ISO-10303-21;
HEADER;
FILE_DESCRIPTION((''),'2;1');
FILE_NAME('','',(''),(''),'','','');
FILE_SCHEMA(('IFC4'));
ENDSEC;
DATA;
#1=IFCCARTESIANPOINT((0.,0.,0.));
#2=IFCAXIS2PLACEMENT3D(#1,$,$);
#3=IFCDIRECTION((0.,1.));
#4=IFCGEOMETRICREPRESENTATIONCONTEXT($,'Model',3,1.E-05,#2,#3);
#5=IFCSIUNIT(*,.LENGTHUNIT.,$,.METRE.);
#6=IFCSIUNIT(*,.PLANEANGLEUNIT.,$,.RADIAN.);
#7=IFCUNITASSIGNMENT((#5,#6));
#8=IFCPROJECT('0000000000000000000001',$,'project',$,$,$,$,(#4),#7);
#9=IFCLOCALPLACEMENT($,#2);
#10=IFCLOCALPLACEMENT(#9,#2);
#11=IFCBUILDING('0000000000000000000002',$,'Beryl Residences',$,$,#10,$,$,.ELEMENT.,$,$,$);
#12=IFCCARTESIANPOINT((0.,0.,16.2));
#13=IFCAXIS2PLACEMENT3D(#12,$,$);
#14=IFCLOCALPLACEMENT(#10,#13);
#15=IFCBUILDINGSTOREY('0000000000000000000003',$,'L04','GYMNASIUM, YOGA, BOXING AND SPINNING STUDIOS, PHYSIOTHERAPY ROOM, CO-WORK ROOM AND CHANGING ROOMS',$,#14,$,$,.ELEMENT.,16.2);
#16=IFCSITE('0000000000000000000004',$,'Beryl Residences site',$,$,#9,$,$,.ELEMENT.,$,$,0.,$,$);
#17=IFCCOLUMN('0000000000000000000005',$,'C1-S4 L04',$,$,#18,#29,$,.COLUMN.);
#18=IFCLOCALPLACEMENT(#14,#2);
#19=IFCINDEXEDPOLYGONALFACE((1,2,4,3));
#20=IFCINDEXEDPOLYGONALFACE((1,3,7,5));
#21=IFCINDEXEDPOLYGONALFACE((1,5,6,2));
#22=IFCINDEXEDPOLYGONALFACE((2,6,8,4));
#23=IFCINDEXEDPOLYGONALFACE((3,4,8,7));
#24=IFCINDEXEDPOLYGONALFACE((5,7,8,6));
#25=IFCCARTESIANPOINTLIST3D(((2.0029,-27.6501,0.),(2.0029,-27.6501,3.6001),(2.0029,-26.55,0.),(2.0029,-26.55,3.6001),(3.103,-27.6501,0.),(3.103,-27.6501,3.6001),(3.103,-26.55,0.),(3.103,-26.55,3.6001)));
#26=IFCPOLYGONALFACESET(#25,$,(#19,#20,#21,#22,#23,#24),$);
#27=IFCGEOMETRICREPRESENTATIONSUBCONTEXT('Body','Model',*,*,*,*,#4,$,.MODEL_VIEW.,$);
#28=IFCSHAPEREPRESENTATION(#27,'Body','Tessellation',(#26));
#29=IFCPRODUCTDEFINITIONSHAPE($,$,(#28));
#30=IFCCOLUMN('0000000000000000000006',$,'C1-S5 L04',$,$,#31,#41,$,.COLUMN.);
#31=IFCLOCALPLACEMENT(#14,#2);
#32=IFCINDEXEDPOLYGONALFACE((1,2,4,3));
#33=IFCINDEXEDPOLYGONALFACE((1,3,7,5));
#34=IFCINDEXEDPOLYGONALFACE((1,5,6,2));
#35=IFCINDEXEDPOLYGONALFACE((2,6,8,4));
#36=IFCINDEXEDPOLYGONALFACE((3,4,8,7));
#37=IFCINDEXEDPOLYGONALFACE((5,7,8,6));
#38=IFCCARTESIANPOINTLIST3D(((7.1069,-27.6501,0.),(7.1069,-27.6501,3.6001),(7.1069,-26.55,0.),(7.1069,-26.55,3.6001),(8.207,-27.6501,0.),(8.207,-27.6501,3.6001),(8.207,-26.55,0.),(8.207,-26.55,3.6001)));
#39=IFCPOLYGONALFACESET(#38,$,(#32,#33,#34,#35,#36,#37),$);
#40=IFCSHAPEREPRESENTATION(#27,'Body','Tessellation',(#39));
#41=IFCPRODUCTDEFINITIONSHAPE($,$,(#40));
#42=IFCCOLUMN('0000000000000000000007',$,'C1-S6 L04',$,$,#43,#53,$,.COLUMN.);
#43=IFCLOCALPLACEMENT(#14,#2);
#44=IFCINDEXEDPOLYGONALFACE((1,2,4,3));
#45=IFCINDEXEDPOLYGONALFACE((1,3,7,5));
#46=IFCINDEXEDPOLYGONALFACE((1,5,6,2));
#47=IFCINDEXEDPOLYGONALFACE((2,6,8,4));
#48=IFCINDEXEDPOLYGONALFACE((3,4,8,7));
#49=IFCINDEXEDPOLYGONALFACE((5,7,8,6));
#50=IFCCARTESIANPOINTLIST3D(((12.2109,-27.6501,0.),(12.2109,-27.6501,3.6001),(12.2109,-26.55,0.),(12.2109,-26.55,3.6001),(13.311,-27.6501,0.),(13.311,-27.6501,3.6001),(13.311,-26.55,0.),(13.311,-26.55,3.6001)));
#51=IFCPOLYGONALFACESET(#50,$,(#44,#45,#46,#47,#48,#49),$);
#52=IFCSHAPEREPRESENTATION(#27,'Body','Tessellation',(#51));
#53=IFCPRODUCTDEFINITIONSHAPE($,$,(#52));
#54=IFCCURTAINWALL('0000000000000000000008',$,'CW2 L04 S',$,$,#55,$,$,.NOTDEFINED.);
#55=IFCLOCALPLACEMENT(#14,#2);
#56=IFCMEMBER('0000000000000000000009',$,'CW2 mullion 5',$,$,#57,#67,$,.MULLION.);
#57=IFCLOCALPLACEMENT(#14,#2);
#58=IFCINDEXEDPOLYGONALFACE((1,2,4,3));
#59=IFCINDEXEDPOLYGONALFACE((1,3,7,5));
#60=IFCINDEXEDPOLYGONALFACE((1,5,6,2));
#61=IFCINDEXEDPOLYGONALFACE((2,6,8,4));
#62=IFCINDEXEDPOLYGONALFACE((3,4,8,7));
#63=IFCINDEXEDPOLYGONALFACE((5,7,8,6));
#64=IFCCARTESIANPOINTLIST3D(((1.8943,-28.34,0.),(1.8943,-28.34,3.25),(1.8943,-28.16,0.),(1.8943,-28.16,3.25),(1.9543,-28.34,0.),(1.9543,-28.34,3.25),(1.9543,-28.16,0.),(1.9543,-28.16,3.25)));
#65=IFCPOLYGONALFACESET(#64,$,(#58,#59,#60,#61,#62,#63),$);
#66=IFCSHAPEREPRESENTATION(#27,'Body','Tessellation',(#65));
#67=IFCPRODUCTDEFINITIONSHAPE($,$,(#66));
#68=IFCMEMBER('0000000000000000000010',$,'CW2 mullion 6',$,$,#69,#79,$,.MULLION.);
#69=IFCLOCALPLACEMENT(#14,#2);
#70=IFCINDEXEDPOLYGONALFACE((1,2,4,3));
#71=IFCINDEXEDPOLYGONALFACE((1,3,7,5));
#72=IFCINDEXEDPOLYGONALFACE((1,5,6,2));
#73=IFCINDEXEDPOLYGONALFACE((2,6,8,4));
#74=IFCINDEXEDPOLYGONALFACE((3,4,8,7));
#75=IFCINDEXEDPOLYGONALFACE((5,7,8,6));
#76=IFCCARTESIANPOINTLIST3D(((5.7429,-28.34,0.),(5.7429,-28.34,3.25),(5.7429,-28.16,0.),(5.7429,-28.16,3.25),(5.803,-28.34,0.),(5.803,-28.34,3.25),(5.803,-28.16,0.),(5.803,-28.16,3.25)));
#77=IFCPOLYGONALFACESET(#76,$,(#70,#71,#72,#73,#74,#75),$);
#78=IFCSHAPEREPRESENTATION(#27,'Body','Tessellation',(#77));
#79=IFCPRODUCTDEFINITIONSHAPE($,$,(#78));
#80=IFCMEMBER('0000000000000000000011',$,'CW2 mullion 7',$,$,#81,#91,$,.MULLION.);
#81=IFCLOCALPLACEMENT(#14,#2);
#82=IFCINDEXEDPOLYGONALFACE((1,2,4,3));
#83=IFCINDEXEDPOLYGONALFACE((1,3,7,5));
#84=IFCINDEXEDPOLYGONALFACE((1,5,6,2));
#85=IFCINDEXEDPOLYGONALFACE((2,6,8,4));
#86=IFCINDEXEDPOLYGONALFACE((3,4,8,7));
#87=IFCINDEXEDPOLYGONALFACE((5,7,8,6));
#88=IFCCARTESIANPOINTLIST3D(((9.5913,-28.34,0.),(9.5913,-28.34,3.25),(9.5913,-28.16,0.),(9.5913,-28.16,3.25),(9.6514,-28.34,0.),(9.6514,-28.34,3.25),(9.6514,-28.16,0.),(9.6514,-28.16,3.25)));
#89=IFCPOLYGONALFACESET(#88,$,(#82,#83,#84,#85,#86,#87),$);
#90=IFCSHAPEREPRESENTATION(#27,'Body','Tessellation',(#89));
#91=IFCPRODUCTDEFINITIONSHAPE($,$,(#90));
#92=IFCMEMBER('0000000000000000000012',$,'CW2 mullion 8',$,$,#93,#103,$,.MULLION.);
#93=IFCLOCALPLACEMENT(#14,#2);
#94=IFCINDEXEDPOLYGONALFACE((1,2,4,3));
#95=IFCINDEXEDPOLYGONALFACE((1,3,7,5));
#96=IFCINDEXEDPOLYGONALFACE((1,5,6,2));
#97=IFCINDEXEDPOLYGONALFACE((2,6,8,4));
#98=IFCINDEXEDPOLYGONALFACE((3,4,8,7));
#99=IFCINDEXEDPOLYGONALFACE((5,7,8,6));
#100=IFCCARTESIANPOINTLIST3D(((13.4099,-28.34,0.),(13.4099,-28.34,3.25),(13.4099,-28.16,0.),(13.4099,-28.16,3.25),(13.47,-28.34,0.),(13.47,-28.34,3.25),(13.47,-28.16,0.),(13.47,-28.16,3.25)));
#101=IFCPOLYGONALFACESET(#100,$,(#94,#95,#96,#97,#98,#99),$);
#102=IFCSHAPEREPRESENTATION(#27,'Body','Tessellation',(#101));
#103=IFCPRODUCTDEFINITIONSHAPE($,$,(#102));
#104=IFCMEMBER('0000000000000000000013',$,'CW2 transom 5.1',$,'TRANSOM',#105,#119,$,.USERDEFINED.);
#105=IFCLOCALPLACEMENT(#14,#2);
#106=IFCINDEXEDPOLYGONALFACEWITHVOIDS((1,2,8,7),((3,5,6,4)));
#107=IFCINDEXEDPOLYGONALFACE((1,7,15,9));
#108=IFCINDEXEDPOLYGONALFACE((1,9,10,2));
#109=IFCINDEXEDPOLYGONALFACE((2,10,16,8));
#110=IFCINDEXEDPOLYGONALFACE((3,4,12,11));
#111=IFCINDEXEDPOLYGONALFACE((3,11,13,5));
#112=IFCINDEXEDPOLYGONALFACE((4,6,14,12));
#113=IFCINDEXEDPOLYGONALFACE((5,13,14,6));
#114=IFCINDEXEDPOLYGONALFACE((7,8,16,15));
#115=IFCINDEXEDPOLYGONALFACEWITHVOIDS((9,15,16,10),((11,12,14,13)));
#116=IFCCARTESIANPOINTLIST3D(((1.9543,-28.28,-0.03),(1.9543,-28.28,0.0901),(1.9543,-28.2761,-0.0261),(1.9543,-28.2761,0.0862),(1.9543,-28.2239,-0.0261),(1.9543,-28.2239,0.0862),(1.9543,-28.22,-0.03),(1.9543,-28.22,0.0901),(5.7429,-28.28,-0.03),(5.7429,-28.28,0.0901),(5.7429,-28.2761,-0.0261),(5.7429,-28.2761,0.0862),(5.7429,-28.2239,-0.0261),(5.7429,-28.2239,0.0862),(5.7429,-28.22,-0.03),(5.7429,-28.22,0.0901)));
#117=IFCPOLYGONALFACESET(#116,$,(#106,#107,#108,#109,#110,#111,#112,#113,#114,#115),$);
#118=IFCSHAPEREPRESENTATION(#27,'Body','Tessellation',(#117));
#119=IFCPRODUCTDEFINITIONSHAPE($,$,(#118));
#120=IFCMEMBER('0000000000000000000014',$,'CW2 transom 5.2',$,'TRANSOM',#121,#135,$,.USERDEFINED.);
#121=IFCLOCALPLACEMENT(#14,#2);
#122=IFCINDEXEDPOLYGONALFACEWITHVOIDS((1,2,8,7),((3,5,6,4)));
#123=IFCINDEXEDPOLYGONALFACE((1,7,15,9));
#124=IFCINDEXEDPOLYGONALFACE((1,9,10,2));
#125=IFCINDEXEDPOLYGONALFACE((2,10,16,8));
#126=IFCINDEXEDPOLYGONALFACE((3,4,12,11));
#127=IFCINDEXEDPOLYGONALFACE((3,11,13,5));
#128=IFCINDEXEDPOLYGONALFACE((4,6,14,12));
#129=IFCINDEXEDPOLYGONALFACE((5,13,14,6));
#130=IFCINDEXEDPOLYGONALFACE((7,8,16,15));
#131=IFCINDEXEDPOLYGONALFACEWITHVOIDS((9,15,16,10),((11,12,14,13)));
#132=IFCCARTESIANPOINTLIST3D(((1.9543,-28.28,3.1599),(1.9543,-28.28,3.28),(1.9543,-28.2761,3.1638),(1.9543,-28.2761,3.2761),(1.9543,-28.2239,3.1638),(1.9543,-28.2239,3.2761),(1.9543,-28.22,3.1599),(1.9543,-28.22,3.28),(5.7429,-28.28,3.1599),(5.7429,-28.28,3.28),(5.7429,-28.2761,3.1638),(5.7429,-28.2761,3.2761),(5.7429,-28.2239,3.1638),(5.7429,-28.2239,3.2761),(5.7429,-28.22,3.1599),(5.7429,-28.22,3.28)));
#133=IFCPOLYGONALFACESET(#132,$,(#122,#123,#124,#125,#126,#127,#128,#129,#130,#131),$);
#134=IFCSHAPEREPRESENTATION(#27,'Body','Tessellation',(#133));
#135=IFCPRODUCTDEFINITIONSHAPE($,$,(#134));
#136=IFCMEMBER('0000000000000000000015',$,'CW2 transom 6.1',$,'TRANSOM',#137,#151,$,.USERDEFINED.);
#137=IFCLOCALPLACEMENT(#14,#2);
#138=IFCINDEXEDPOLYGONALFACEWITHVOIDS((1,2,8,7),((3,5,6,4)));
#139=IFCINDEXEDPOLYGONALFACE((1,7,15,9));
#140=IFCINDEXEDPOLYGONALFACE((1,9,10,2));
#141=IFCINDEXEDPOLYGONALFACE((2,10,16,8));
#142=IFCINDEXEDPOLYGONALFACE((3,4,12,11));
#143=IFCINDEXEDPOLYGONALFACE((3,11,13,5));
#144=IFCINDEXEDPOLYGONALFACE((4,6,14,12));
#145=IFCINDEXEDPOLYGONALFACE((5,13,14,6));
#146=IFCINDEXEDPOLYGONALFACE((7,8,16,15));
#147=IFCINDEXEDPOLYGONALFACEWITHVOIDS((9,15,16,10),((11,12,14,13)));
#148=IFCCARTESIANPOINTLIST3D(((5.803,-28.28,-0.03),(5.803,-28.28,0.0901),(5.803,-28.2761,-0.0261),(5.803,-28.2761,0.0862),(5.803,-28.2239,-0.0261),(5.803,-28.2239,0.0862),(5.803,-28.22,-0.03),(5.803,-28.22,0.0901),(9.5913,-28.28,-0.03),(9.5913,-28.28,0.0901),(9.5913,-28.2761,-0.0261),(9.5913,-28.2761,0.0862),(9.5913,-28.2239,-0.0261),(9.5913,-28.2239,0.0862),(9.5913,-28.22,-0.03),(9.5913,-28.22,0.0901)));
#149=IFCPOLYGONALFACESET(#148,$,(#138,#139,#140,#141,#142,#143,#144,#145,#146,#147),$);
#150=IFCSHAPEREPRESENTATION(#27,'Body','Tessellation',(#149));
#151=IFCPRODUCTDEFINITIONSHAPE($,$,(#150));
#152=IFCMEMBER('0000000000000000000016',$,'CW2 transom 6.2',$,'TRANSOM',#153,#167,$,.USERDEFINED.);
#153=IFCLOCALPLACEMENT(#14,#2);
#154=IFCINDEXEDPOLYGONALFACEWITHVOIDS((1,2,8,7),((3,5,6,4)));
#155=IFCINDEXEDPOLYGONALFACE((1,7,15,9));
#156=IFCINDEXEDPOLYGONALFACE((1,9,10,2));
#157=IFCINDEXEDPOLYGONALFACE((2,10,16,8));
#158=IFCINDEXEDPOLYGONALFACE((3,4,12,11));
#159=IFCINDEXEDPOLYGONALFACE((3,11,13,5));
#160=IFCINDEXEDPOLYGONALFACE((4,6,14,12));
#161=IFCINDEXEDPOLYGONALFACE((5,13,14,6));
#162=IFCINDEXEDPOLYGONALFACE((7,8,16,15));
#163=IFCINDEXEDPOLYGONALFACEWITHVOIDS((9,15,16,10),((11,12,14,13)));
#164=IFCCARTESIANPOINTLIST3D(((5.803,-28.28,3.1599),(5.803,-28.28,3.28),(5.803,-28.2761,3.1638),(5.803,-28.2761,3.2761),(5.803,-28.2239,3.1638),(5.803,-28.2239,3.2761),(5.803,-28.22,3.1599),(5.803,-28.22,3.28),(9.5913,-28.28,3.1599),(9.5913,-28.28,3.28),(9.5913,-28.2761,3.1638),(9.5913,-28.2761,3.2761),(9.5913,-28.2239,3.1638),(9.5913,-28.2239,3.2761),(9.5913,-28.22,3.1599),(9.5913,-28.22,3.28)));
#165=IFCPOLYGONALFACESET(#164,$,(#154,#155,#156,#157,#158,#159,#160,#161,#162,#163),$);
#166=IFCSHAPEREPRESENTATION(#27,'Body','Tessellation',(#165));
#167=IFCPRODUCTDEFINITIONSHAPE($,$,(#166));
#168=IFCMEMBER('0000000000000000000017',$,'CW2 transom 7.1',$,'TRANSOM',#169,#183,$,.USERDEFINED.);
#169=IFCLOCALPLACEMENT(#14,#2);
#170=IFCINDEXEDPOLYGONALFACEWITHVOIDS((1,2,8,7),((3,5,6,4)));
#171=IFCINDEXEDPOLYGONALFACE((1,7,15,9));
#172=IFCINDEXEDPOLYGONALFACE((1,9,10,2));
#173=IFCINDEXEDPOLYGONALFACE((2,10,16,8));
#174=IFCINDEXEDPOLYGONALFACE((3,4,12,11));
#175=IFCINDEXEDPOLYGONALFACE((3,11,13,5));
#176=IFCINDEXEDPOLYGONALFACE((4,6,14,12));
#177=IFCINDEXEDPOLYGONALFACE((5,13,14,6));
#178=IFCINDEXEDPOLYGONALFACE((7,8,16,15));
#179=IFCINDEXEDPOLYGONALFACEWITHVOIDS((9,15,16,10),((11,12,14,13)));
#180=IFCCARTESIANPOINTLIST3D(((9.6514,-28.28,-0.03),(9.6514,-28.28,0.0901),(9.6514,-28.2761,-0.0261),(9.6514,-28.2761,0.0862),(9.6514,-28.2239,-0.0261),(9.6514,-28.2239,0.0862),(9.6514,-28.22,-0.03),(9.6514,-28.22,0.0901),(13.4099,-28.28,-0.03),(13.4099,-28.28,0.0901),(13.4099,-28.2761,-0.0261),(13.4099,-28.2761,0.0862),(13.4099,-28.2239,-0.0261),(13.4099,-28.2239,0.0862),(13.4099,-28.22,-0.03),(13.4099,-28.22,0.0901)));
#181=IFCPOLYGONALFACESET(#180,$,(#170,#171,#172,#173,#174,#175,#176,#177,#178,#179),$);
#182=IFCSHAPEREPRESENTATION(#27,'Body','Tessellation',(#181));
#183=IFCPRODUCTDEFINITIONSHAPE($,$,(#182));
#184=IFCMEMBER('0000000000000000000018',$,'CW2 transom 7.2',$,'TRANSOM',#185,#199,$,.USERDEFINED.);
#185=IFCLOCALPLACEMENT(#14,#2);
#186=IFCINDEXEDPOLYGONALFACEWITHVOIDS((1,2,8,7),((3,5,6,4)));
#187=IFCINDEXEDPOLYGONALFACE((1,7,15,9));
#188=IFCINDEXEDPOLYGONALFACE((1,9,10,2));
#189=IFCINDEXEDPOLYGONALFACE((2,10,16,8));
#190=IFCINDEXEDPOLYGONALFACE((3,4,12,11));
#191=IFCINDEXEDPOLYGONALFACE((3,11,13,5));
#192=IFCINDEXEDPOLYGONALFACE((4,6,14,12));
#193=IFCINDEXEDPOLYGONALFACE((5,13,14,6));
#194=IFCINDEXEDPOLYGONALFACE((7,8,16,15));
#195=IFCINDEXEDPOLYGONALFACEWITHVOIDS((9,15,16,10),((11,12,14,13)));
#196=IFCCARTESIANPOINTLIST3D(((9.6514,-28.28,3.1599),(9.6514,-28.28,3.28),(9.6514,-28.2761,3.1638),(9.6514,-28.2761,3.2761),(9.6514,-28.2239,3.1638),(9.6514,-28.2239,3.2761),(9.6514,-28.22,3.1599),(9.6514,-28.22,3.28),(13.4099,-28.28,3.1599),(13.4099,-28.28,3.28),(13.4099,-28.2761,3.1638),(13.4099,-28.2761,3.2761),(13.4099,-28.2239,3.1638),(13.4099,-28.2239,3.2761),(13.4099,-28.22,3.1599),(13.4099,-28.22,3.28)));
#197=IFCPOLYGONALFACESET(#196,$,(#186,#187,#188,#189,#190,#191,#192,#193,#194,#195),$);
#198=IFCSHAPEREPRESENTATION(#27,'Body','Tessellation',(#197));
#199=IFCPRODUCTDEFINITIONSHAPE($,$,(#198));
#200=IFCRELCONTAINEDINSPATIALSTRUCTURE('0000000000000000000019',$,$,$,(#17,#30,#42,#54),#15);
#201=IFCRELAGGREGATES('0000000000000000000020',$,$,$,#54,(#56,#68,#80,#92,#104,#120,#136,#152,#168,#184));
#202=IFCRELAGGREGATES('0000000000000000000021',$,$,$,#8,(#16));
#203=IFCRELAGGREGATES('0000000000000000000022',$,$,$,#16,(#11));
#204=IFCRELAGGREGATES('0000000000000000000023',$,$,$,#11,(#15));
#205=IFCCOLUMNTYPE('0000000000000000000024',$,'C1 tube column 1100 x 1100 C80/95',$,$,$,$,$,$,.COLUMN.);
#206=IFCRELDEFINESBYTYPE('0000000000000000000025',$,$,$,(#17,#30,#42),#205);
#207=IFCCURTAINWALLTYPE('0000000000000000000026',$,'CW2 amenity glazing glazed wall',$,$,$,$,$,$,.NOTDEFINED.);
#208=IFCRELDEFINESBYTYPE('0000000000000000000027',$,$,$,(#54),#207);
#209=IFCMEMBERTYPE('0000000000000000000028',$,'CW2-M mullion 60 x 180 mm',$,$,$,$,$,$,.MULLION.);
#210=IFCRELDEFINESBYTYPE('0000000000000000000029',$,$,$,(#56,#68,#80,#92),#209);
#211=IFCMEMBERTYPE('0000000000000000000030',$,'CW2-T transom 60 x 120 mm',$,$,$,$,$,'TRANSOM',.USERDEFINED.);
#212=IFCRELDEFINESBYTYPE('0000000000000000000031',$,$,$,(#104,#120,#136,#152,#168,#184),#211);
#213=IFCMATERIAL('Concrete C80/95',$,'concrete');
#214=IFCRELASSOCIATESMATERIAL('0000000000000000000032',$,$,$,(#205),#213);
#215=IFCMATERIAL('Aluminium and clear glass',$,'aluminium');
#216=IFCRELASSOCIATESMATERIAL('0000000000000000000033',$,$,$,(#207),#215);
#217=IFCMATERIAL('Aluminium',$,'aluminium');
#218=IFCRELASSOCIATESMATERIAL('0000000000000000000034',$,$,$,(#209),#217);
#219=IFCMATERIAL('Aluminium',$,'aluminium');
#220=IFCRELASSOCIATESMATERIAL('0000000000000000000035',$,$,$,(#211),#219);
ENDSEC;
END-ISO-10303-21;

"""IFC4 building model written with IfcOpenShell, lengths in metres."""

from ifc_helpers import new_model, si_unit, direction, frame, origin, origin_2d, place, context, subcontext, project, spatial, rectangle, hollow_rectangle, extrude, material, material_profile, profile_set, type_object, element, aggregate, save


model = new_model("IFC4")

# Units and contexts
model_context = context("Model", 3, precision=1e-05, world=origin(), true_north=direction((0.0, 1.0)))
body_context = subcontext(model_context, "Body", "Model", "MODEL_VIEW")
ifc_project = project(units=[si_unit("LENGTHUNIT", "METRE"), si_unit("PLANEANGLEUNIT", "RADIAN")], contexts=[model_context])

# Site, building, storey
site_placement = place(None, origin())
site = spatial("IfcSite", under=ifc_project, at=site_placement, Name="Beryl Residences site", CompositionType="ELEMENT", RefElevation=0.0)
building_placement = place(site_placement, origin())
building = spatial("IfcBuilding", under=site, at=building_placement, Name="Beryl Residences", CompositionType="ELEMENT")
storey_placement = place(building_placement, frame((0.0, 0.0, 16.2)))
storey = spatial("IfcBuildingStorey", under=building, at=storey_placement, Name="L04", Description="GYMNASIUM, YOGA, BOXING AND SPINNING STUDIOS, PHYSIOTHERAPY ROOM, CO-WORK ROOM AND CHANGING ROOMS", CompositionType="ELEMENT", Elevation=16.2)

# Columns
ifc_material_1 = material(Name="Concrete C80/95", Category="concrete")
ifc_material_profile_1 = material_profile(ifc_material_1, rectangle(XDim=1.1001, YDim=1.1001, at=origin_2d()))
ifc_profile_set_1 = profile_set([ifc_material_profile_1], Name="Concrete C80/95")
column_type = type_object("IfcColumnType", Name="C1 tube column 1100 x 1100 C80/95", PredefinedType="COLUMN", material=ifc_profile_set_1)
for number, where, z_axis, x_axis, name in (
    (1, (2.553, -27.1001, 0.0), (0.0, 0.0, 1.0), (1.0, 0.0, 0.0), "C1-S4 L04"),
    (2, (7.657, -27.1001, 0.0), (0.0, 0.0, 1.0), (1.0, 0.0, 0.0), "C1-S5 L04"),
    (3, (12.761, -27.1001, 0.0), (0.0, 0.0, 1.0), (1.0, 0.0, 0.0), "C1-S6 L04"),
):
    element("IfcColumn", number, at=place(storey_placement, frame(where, z_axis=z_axis, x_axis=x_axis)), inside=storey, type_object=column_type, Name=name, PredefinedType="COLUMN", context=body_context, shape_type="SweptSolid", body=[
        extrude(rectangle(XDim=1.1001, YDim=1.1001, at=origin_2d()), origin(), (0.0, 0.0, 1.0), 3.6001),
    ])

# Curtain wall, members
ifc_material_2 = material(Name="Aluminium and clear glass", Category="aluminium")
curtain_wall_type = type_object("IfcCurtainWallType", Name="CW2 amenity glazing glazed wall", PredefinedType="NOTDEFINED", material=ifc_material_2)
curtain_wall_placement = place(storey_placement, origin())
curtain_wall = element("IfcCurtainWall", 4, at=curtain_wall_placement, inside=storey, type_object=curtain_wall_type, Name="CW2 L04 S", PredefinedType="NOTDEFINED")
ifc_material_3 = material(Name="Aluminium", Category="aluminium")
ifc_material_profile_2 = material_profile(ifc_material_3, rectangle(XDim=0.0601, YDim=0.1799, at=origin_2d()))
ifc_profile_set_2 = profile_set([ifc_material_profile_2], Name="Aluminium")
member_type_1 = type_object("IfcMemberType", Name="CW2-M mullion 60 x 180 mm", PredefinedType="MULLION", material=ifc_profile_set_2)
member_1_placement = place(storey_placement, frame((1.9243, -28.25, 0.0), z_axis=(0.0, 0.0, 1.0), x_axis=(1.0, 0.0, 0.0)))
member_1 = element("IfcMember", 5, at=member_1_placement, type_object=member_type_1, Name="CW2 mullion 5", PredefinedType="MULLION", context=body_context, shape_type="SweptSolid", body=[
    extrude(rectangle(XDim=0.0601, YDim=0.1799, at=origin_2d()), origin(), (0.0, 0.0, 1.0), 3.25),
])
member_2_placement = place(storey_placement, frame((5.7729, -28.25, 0.0), z_axis=(0.0, 0.0, 1.0), x_axis=(1.0, 0.0, 0.0)))
member_2 = element("IfcMember", 6, at=member_2_placement, type_object=member_type_1, Name="CW2 mullion 6", PredefinedType="MULLION", context=body_context, shape_type="SweptSolid", body=[
    extrude(rectangle(XDim=0.0601, YDim=0.1799, at=origin_2d()), origin(), (0.0, 0.0, 1.0), 3.25),
])
member_3_placement = place(storey_placement, frame((9.6213, -28.25, 0.0), z_axis=(0.0, 0.0, 1.0), x_axis=(1.0, 0.0, 0.0)))
member_3 = element("IfcMember", 7, at=member_3_placement, type_object=member_type_1, Name="CW2 mullion 7", PredefinedType="MULLION", context=body_context, shape_type="SweptSolid", body=[
    extrude(rectangle(XDim=0.0601, YDim=0.1799, at=origin_2d()), origin(), (0.0, 0.0, 1.0), 3.25),
])
member_4_placement = place(storey_placement, frame((13.4399, -28.25, 0.0), z_axis=(0.0, 0.0, 1.0), x_axis=(1.0, 0.0, 0.0)))
member_4 = element("IfcMember", 8, at=member_4_placement, type_object=member_type_1, Name="CW2 mullion 8", PredefinedType="MULLION", context=body_context, shape_type="SweptSolid", body=[
    extrude(rectangle(XDim=0.0601, YDim=0.1799, at=origin_2d()), origin(), (0.0, 0.0, 1.0), 3.25),
])
ifc_material_4 = material(Name="Aluminium", Category="aluminium")
ifc_material_profile_3 = material_profile(ifc_material_4, hollow_rectangle(XDim=0.0601, YDim=0.1201, WallThickness=0.0039, at=origin_2d()))
ifc_profile_set_3 = profile_set([ifc_material_profile_3], Name="Aluminium")
member_type_2 = type_object("IfcMemberType", Name="CW2-T transom 60 x 120 mm", ElementType="TRANSOM", PredefinedType="USERDEFINED", material=ifc_profile_set_3)
member_5_placement = place(storey_placement, frame((1.9543, -28.25, 0.03), z_axis=(1.0, 0.0, 0.0), x_axis=(0.0, 1.0, 0.0)))
member_5 = element("IfcMember", 9, at=member_5_placement, type_object=member_type_2, Name="CW2 transom 5.1", ObjectType="TRANSOM", PredefinedType="USERDEFINED", context=body_context, shape_type="SweptSolid", body=[
    extrude(hollow_rectangle(XDim=0.0601, YDim=0.1201, WallThickness=0.0039, at=origin_2d()), origin(), (0.0, 0.0, 1.0), 3.7886),
])
member_6_placement = place(storey_placement, frame((1.9543, -28.25, 3.22), z_axis=(1.0, 0.0, 0.0), x_axis=(0.0, 1.0, 0.0)))
member_6 = element("IfcMember", 10, at=member_6_placement, type_object=member_type_2, Name="CW2 transom 5.2", ObjectType="TRANSOM", PredefinedType="USERDEFINED", context=body_context, shape_type="SweptSolid", body=[
    extrude(hollow_rectangle(XDim=0.0601, YDim=0.1201, WallThickness=0.0039, at=origin_2d()), origin(), (0.0, 0.0, 1.0), 3.7886),
])
member_7_placement = place(storey_placement, frame((5.803, -28.25, 0.03), z_axis=(1.0, 0.0, 0.0), x_axis=(0.0, 1.0, 0.0)))
member_7 = element("IfcMember", 11, at=member_7_placement, type_object=member_type_2, Name="CW2 transom 6.1", ObjectType="TRANSOM", PredefinedType="USERDEFINED", context=body_context, shape_type="SweptSolid", body=[
    extrude(hollow_rectangle(XDim=0.0601, YDim=0.1201, WallThickness=0.0039, at=origin_2d()), origin(), (0.0, 0.0, 1.0), 3.7883),
])
member_8_placement = place(storey_placement, frame((5.803, -28.25, 3.22), z_axis=(1.0, 0.0, 0.0), x_axis=(0.0, 1.0, 0.0)))
member_8 = element("IfcMember", 12, at=member_8_placement, type_object=member_type_2, Name="CW2 transom 6.2", ObjectType="TRANSOM", PredefinedType="USERDEFINED", context=body_context, shape_type="SweptSolid", body=[
    extrude(hollow_rectangle(XDim=0.0601, YDim=0.1201, WallThickness=0.0039, at=origin_2d()), origin(), (0.0, 0.0, 1.0), 3.7883),
])
member_9_placement = place(storey_placement, frame((9.6514, -28.25, 0.03), z_axis=(1.0, 0.0, 0.0), x_axis=(0.0, 1.0, 0.0)))
member_9 = element("IfcMember", 13, at=member_9_placement, type_object=member_type_2, Name="CW2 transom 7.1", ObjectType="TRANSOM", PredefinedType="USERDEFINED", context=body_context, shape_type="SweptSolid", body=[
    extrude(hollow_rectangle(XDim=0.0601, YDim=0.1201, WallThickness=0.0039, at=origin_2d()), origin(), (0.0, 0.0, 1.0), 3.7585),
])
member_10_placement = place(storey_placement, frame((9.6514, -28.25, 3.22), z_axis=(1.0, 0.0, 0.0), x_axis=(0.0, 1.0, 0.0)))
member_10 = element("IfcMember", 14, at=member_10_placement, type_object=member_type_2, Name="CW2 transom 7.2", ObjectType="TRANSOM", PredefinedType="USERDEFINED", context=body_context, shape_type="SweptSolid", body=[
    extrude(hollow_rectangle(XDim=0.0601, YDim=0.1201, WallThickness=0.0039, at=origin_2d()), origin(), (0.0, 0.0, 1.0), 3.7585),
])

aggregate(curtain_wall, [member_1, member_2, member_3, member_4, member_5, member_6, member_7, member_8, member_9, member_10])

save(model, "model.ifc")
